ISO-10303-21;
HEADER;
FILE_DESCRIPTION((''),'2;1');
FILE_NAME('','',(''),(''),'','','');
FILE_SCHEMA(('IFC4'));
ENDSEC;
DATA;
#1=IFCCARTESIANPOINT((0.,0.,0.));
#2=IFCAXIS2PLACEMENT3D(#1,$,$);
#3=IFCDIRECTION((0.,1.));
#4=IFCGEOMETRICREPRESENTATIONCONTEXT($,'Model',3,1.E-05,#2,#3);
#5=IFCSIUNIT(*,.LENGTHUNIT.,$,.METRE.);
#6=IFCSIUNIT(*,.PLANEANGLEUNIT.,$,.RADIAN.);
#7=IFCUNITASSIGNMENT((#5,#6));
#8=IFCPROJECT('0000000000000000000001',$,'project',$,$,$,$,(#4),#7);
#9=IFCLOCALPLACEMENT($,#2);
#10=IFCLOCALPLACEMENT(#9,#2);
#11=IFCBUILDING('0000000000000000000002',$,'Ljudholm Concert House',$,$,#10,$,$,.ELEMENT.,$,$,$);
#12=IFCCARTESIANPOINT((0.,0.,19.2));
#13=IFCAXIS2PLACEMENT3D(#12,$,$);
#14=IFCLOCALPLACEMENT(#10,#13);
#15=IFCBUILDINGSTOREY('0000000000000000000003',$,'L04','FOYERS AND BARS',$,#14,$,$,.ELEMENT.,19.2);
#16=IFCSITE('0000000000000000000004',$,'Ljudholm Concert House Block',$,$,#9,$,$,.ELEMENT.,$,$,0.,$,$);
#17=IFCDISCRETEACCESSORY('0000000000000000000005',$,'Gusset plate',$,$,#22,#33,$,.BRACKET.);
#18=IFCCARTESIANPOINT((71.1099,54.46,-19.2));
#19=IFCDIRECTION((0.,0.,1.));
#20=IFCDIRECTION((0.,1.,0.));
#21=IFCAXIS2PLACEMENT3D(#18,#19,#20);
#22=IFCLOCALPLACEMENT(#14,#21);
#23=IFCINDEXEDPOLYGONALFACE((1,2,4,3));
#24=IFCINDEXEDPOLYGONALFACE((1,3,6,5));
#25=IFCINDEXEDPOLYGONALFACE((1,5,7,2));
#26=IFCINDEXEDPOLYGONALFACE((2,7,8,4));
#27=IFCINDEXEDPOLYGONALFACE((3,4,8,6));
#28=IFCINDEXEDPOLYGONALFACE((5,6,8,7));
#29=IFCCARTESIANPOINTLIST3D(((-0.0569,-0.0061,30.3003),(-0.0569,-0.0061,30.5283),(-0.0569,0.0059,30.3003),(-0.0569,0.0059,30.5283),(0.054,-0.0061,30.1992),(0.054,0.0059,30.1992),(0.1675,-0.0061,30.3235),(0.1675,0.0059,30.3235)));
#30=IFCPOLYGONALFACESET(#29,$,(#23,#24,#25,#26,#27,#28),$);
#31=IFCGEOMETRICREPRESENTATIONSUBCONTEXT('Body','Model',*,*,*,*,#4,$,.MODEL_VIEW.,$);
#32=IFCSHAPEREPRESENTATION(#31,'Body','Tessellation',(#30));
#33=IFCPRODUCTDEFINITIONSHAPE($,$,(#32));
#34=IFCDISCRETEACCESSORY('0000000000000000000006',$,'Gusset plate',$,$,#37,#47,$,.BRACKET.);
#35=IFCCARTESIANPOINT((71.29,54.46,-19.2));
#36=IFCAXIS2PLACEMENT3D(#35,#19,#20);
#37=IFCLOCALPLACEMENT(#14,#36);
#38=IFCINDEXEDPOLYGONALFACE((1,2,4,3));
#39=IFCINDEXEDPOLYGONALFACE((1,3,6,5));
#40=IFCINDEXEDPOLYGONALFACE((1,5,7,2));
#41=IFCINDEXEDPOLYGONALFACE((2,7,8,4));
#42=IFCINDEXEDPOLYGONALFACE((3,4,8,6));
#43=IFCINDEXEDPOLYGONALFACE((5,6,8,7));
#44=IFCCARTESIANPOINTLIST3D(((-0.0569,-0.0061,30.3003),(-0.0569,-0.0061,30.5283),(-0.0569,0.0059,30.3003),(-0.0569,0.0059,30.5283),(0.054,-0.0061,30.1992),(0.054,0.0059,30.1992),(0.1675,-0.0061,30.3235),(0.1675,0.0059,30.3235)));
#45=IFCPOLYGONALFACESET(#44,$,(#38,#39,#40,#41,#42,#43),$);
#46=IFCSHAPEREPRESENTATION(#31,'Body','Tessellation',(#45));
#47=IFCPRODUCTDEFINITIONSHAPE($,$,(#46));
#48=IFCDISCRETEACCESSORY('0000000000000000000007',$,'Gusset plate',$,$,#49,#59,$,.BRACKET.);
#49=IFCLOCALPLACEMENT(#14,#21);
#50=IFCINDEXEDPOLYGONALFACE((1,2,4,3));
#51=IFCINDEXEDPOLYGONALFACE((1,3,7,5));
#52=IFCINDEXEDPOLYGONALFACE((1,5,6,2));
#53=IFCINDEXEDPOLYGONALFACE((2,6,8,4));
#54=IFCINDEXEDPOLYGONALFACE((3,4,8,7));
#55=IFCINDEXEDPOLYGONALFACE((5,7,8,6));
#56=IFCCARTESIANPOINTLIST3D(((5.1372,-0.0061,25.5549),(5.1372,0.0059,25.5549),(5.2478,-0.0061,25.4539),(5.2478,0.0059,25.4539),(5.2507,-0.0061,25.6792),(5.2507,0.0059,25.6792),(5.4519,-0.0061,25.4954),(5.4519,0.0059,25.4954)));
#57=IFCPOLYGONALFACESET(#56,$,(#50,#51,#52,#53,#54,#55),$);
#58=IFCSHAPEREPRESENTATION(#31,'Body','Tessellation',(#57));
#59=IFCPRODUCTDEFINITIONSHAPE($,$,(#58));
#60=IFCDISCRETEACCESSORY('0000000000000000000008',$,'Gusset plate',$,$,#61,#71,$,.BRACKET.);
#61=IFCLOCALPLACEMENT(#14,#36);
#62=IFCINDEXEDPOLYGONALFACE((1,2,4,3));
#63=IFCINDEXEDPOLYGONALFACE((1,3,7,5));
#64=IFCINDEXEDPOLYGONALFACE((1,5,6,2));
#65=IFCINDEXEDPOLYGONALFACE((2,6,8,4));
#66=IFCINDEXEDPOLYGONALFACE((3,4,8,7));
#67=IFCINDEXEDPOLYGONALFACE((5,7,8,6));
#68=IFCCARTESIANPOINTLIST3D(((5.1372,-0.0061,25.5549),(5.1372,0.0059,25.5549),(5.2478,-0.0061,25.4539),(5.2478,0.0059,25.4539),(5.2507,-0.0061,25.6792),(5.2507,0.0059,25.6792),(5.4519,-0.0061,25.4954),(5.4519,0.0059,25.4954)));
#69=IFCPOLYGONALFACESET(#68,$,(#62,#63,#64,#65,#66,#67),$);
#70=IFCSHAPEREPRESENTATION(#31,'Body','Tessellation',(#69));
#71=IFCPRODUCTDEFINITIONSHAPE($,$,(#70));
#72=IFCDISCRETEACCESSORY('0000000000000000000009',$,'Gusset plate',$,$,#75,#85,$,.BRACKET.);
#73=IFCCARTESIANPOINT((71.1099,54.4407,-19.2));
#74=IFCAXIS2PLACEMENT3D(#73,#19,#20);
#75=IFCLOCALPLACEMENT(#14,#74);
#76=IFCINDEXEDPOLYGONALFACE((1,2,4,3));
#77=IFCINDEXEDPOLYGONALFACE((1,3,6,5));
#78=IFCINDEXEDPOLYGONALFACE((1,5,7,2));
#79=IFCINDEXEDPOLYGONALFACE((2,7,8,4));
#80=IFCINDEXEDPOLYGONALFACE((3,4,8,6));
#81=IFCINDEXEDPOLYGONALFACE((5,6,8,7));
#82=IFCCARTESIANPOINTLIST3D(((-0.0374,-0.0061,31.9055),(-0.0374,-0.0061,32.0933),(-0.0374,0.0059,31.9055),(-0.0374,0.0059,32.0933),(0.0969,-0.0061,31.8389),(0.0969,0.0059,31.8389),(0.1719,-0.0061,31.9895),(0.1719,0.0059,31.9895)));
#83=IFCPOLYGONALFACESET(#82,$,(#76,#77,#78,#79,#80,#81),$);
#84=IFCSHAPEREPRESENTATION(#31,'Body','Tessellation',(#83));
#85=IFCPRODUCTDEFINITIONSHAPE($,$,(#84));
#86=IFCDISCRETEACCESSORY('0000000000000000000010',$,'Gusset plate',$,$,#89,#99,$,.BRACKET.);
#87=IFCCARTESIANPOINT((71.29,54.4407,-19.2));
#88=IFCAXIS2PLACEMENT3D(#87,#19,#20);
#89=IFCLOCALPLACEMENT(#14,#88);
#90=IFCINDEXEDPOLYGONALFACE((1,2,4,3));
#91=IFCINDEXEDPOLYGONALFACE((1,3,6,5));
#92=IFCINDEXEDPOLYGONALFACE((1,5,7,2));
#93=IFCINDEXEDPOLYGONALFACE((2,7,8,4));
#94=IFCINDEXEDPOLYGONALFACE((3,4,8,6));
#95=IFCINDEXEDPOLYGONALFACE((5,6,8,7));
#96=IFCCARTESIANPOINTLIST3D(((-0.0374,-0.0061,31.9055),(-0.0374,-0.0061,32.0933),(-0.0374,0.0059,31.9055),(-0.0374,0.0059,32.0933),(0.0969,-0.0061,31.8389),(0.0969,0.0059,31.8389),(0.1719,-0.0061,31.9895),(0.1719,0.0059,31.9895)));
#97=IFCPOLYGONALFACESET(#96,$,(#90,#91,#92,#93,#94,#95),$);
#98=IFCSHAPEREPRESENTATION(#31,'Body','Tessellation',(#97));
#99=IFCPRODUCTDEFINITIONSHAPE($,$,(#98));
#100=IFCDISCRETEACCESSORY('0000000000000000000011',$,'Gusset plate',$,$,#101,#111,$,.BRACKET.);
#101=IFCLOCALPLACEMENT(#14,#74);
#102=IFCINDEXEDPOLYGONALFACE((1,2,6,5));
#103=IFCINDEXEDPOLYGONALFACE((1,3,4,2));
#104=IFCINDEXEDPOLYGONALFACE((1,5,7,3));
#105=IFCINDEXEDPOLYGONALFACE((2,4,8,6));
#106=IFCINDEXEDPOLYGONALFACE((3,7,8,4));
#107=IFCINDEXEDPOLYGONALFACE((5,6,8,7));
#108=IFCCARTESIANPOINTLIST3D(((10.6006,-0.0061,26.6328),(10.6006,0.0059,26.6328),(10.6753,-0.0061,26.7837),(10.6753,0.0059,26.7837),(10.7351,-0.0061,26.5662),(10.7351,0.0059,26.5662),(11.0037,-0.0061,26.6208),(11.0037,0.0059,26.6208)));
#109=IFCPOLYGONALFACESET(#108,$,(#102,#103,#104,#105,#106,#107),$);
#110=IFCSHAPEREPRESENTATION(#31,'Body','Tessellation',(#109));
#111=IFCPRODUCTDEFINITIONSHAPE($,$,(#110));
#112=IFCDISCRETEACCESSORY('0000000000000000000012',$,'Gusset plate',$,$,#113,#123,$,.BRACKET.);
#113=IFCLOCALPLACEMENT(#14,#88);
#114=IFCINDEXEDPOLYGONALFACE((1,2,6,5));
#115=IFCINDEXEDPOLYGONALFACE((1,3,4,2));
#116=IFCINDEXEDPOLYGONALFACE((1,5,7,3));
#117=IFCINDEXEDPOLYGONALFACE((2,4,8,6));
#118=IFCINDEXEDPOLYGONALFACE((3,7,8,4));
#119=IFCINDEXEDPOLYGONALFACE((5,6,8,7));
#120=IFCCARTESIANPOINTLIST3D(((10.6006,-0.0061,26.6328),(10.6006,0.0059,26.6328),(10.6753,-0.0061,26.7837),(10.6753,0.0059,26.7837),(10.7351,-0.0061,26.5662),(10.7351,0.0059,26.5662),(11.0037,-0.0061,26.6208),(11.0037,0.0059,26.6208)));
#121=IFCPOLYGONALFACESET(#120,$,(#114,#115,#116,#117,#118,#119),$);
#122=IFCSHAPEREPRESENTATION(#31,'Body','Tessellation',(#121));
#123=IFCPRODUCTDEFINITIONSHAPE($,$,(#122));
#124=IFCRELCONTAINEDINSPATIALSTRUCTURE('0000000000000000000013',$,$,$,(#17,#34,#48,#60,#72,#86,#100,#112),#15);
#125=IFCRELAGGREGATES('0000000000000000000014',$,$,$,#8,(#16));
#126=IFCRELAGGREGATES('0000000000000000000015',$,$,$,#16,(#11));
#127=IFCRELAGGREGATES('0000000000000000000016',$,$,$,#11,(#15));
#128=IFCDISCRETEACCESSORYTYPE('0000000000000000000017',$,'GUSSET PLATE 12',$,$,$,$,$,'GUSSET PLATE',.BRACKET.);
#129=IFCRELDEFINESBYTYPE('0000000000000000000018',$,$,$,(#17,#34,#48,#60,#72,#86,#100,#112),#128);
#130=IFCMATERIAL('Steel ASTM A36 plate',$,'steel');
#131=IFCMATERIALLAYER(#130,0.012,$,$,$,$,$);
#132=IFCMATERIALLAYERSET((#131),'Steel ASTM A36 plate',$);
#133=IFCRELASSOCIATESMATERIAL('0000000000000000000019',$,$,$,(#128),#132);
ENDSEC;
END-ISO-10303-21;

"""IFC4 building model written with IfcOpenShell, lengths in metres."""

from ifc_helpers import new_model, si_unit, direction, frame, origin, place, context, subcontext, project, spatial, polyline, outline, extrude, material, layer, layer_set, type_object, element, save


model = new_model("IFC4")

# Units and contexts
model_context = context("Model", 3, precision=1e-05, world=origin(), true_north=direction((0.0, 1.0)))
body_context = subcontext(model_context, "Body", "Model", "MODEL_VIEW")
ifc_project = project(units=[si_unit("LENGTHUNIT", "METRE"), si_unit("PLANEANGLEUNIT", "RADIAN")], contexts=[model_context])

# Site, building, storey
site_placement = place(None, origin())
site = spatial("IfcSite", under=ifc_project, at=site_placement, Name="Ljudholm Concert House Block", CompositionType="ELEMENT", RefElevation=0.0)
building_placement = place(site_placement, origin())
building = spatial("IfcBuilding", under=site, at=building_placement, Name="Ljudholm Concert House", CompositionType="ELEMENT")
storey_placement = place(building_placement, frame((0.0, 0.0, 19.2)))
storey = spatial("IfcBuildingStorey", under=building, at=storey_placement, Name="L04", Description="FOYERS AND BARS", CompositionType="ELEMENT", Elevation=19.2)

# Discrete accessories
ifc_material_1 = material(Name="Steel ASTM A36 plate", Category="steel")
ifc_layer_1 = layer(ifc_material_1, 0.012)
ifc_layer_set_1 = layer_set([ifc_layer_1], Name="Steel ASTM A36 plate")
discrete_accessory_type = type_object("IfcDiscreteAccessoryType", Name="GUSSET PLATE 12", ElementType="GUSSET PLATE", PredefinedType="BRACKET", material=ifc_layer_set_1)
for number, where, z_axis, x_axis, name in (
    (1, (71.1099, 54.46, -19.2), (0.0, 0.0, 1.0), (0.0, 1.0, 0.0), "Gusset plate"),
    (2, (71.29, 54.46, -19.2), (0.0, 0.0, 1.0), (0.0, 1.0, 0.0), "Gusset plate"),
):
    element("IfcDiscreteAccessory", number, at=place(storey_placement, frame(where, z_axis=z_axis, x_axis=x_axis)), inside=storey, type_object=discrete_accessory_type, Name=name, PredefinedType="BRACKET", context=body_context, shape_type="SweptSolid", body=[
        extrude(outline(polyline([(0.054, 30.1992), (-0.0569, 30.3003), (-0.0569, 30.5283), (0.1675, 30.3235), (0.054, 30.1992)])), frame((0.0, 0.0059, 0.0), z_axis=(0.0, -1.0, 0.0), x_axis=(1.0, 0.0, 0.0)), (0.0, 0.0, 1.0), 0.012),
    ])
for number, where, z_axis, x_axis, name in (
    (3, (71.1099, 54.46, -19.2), (0.0, 0.0, 1.0), (0.0, 1.0, 0.0), "Gusset plate"),
    (4, (71.29, 54.46, -19.2), (0.0, 0.0, 1.0), (0.0, 1.0, 0.0), "Gusset plate"),
):
    element("IfcDiscreteAccessory", number, at=place(storey_placement, frame(where, z_axis=z_axis, x_axis=x_axis)), inside=storey, type_object=discrete_accessory_type, Name=name, PredefinedType="BRACKET", context=body_context, shape_type="SweptSolid", body=[
        extrude(outline(polyline([(5.2507, 25.6792), (5.4519, 25.4954), (5.2478, 25.4539), (5.1372, 25.5549), (5.2507, 25.6792)])), frame((0.0, 0.0059, 0.0), z_axis=(0.0, -1.0, 0.0), x_axis=(1.0, 0.0, 0.0)), (0.0, 0.0, 1.0), 0.012),
    ])
for number, where, z_axis, x_axis, name in (
    (5, (71.1099, 54.4407, -19.2), (0.0, 0.0, 1.0), (0.0, 1.0, 0.0), "Gusset plate"),
    (6, (71.29, 54.4407, -19.2), (0.0, 0.0, 1.0), (0.0, 1.0, 0.0), "Gusset plate"),
):
    element("IfcDiscreteAccessory", number, at=place(storey_placement, frame(where, z_axis=z_axis, x_axis=x_axis)), inside=storey, type_object=discrete_accessory_type, Name=name, PredefinedType="BRACKET", context=body_context, shape_type="SweptSolid", body=[
        extrude(outline(polyline([(0.0969, 31.8389), (-0.0374, 31.9055), (-0.0374, 32.0933), (0.1719, 31.9895), (0.0969, 31.8389)])), frame((0.0, 0.0059, 0.0), z_axis=(0.0, -1.0, 0.0), x_axis=(1.0, 0.0, 0.0)), (0.0, 0.0, 1.0), 0.012),
    ])
for number, where, z_axis, x_axis, name in (
    (7, (71.1099, 54.4407, -19.2), (0.0, 0.0, 1.0), (0.0, 1.0, 0.0), "Gusset plate"),
    (8, (71.29, 54.4407, -19.2), (0.0, 0.0, 1.0), (0.0, 1.0, 0.0), "Gusset plate"),
):
    element("IfcDiscreteAccessory", number, at=place(storey_placement, frame(where, z_axis=z_axis, x_axis=x_axis)), inside=storey, type_object=discrete_accessory_type, Name=name, PredefinedType="BRACKET", context=body_context, shape_type="SweptSolid", body=[
        extrude(outline(polyline([(10.6753, 26.7837), (11.0037, 26.6208), (10.7351, 26.5662), (10.6006, 26.6328), (10.6753, 26.7837)])), frame((0.0, 0.0059, 0.0), z_axis=(0.0, -1.0, 0.0), x_axis=(1.0, 0.0, 0.0)), (0.0, 0.0, 1.0), 0.012),
    ])

save(model, "model.ifc")
